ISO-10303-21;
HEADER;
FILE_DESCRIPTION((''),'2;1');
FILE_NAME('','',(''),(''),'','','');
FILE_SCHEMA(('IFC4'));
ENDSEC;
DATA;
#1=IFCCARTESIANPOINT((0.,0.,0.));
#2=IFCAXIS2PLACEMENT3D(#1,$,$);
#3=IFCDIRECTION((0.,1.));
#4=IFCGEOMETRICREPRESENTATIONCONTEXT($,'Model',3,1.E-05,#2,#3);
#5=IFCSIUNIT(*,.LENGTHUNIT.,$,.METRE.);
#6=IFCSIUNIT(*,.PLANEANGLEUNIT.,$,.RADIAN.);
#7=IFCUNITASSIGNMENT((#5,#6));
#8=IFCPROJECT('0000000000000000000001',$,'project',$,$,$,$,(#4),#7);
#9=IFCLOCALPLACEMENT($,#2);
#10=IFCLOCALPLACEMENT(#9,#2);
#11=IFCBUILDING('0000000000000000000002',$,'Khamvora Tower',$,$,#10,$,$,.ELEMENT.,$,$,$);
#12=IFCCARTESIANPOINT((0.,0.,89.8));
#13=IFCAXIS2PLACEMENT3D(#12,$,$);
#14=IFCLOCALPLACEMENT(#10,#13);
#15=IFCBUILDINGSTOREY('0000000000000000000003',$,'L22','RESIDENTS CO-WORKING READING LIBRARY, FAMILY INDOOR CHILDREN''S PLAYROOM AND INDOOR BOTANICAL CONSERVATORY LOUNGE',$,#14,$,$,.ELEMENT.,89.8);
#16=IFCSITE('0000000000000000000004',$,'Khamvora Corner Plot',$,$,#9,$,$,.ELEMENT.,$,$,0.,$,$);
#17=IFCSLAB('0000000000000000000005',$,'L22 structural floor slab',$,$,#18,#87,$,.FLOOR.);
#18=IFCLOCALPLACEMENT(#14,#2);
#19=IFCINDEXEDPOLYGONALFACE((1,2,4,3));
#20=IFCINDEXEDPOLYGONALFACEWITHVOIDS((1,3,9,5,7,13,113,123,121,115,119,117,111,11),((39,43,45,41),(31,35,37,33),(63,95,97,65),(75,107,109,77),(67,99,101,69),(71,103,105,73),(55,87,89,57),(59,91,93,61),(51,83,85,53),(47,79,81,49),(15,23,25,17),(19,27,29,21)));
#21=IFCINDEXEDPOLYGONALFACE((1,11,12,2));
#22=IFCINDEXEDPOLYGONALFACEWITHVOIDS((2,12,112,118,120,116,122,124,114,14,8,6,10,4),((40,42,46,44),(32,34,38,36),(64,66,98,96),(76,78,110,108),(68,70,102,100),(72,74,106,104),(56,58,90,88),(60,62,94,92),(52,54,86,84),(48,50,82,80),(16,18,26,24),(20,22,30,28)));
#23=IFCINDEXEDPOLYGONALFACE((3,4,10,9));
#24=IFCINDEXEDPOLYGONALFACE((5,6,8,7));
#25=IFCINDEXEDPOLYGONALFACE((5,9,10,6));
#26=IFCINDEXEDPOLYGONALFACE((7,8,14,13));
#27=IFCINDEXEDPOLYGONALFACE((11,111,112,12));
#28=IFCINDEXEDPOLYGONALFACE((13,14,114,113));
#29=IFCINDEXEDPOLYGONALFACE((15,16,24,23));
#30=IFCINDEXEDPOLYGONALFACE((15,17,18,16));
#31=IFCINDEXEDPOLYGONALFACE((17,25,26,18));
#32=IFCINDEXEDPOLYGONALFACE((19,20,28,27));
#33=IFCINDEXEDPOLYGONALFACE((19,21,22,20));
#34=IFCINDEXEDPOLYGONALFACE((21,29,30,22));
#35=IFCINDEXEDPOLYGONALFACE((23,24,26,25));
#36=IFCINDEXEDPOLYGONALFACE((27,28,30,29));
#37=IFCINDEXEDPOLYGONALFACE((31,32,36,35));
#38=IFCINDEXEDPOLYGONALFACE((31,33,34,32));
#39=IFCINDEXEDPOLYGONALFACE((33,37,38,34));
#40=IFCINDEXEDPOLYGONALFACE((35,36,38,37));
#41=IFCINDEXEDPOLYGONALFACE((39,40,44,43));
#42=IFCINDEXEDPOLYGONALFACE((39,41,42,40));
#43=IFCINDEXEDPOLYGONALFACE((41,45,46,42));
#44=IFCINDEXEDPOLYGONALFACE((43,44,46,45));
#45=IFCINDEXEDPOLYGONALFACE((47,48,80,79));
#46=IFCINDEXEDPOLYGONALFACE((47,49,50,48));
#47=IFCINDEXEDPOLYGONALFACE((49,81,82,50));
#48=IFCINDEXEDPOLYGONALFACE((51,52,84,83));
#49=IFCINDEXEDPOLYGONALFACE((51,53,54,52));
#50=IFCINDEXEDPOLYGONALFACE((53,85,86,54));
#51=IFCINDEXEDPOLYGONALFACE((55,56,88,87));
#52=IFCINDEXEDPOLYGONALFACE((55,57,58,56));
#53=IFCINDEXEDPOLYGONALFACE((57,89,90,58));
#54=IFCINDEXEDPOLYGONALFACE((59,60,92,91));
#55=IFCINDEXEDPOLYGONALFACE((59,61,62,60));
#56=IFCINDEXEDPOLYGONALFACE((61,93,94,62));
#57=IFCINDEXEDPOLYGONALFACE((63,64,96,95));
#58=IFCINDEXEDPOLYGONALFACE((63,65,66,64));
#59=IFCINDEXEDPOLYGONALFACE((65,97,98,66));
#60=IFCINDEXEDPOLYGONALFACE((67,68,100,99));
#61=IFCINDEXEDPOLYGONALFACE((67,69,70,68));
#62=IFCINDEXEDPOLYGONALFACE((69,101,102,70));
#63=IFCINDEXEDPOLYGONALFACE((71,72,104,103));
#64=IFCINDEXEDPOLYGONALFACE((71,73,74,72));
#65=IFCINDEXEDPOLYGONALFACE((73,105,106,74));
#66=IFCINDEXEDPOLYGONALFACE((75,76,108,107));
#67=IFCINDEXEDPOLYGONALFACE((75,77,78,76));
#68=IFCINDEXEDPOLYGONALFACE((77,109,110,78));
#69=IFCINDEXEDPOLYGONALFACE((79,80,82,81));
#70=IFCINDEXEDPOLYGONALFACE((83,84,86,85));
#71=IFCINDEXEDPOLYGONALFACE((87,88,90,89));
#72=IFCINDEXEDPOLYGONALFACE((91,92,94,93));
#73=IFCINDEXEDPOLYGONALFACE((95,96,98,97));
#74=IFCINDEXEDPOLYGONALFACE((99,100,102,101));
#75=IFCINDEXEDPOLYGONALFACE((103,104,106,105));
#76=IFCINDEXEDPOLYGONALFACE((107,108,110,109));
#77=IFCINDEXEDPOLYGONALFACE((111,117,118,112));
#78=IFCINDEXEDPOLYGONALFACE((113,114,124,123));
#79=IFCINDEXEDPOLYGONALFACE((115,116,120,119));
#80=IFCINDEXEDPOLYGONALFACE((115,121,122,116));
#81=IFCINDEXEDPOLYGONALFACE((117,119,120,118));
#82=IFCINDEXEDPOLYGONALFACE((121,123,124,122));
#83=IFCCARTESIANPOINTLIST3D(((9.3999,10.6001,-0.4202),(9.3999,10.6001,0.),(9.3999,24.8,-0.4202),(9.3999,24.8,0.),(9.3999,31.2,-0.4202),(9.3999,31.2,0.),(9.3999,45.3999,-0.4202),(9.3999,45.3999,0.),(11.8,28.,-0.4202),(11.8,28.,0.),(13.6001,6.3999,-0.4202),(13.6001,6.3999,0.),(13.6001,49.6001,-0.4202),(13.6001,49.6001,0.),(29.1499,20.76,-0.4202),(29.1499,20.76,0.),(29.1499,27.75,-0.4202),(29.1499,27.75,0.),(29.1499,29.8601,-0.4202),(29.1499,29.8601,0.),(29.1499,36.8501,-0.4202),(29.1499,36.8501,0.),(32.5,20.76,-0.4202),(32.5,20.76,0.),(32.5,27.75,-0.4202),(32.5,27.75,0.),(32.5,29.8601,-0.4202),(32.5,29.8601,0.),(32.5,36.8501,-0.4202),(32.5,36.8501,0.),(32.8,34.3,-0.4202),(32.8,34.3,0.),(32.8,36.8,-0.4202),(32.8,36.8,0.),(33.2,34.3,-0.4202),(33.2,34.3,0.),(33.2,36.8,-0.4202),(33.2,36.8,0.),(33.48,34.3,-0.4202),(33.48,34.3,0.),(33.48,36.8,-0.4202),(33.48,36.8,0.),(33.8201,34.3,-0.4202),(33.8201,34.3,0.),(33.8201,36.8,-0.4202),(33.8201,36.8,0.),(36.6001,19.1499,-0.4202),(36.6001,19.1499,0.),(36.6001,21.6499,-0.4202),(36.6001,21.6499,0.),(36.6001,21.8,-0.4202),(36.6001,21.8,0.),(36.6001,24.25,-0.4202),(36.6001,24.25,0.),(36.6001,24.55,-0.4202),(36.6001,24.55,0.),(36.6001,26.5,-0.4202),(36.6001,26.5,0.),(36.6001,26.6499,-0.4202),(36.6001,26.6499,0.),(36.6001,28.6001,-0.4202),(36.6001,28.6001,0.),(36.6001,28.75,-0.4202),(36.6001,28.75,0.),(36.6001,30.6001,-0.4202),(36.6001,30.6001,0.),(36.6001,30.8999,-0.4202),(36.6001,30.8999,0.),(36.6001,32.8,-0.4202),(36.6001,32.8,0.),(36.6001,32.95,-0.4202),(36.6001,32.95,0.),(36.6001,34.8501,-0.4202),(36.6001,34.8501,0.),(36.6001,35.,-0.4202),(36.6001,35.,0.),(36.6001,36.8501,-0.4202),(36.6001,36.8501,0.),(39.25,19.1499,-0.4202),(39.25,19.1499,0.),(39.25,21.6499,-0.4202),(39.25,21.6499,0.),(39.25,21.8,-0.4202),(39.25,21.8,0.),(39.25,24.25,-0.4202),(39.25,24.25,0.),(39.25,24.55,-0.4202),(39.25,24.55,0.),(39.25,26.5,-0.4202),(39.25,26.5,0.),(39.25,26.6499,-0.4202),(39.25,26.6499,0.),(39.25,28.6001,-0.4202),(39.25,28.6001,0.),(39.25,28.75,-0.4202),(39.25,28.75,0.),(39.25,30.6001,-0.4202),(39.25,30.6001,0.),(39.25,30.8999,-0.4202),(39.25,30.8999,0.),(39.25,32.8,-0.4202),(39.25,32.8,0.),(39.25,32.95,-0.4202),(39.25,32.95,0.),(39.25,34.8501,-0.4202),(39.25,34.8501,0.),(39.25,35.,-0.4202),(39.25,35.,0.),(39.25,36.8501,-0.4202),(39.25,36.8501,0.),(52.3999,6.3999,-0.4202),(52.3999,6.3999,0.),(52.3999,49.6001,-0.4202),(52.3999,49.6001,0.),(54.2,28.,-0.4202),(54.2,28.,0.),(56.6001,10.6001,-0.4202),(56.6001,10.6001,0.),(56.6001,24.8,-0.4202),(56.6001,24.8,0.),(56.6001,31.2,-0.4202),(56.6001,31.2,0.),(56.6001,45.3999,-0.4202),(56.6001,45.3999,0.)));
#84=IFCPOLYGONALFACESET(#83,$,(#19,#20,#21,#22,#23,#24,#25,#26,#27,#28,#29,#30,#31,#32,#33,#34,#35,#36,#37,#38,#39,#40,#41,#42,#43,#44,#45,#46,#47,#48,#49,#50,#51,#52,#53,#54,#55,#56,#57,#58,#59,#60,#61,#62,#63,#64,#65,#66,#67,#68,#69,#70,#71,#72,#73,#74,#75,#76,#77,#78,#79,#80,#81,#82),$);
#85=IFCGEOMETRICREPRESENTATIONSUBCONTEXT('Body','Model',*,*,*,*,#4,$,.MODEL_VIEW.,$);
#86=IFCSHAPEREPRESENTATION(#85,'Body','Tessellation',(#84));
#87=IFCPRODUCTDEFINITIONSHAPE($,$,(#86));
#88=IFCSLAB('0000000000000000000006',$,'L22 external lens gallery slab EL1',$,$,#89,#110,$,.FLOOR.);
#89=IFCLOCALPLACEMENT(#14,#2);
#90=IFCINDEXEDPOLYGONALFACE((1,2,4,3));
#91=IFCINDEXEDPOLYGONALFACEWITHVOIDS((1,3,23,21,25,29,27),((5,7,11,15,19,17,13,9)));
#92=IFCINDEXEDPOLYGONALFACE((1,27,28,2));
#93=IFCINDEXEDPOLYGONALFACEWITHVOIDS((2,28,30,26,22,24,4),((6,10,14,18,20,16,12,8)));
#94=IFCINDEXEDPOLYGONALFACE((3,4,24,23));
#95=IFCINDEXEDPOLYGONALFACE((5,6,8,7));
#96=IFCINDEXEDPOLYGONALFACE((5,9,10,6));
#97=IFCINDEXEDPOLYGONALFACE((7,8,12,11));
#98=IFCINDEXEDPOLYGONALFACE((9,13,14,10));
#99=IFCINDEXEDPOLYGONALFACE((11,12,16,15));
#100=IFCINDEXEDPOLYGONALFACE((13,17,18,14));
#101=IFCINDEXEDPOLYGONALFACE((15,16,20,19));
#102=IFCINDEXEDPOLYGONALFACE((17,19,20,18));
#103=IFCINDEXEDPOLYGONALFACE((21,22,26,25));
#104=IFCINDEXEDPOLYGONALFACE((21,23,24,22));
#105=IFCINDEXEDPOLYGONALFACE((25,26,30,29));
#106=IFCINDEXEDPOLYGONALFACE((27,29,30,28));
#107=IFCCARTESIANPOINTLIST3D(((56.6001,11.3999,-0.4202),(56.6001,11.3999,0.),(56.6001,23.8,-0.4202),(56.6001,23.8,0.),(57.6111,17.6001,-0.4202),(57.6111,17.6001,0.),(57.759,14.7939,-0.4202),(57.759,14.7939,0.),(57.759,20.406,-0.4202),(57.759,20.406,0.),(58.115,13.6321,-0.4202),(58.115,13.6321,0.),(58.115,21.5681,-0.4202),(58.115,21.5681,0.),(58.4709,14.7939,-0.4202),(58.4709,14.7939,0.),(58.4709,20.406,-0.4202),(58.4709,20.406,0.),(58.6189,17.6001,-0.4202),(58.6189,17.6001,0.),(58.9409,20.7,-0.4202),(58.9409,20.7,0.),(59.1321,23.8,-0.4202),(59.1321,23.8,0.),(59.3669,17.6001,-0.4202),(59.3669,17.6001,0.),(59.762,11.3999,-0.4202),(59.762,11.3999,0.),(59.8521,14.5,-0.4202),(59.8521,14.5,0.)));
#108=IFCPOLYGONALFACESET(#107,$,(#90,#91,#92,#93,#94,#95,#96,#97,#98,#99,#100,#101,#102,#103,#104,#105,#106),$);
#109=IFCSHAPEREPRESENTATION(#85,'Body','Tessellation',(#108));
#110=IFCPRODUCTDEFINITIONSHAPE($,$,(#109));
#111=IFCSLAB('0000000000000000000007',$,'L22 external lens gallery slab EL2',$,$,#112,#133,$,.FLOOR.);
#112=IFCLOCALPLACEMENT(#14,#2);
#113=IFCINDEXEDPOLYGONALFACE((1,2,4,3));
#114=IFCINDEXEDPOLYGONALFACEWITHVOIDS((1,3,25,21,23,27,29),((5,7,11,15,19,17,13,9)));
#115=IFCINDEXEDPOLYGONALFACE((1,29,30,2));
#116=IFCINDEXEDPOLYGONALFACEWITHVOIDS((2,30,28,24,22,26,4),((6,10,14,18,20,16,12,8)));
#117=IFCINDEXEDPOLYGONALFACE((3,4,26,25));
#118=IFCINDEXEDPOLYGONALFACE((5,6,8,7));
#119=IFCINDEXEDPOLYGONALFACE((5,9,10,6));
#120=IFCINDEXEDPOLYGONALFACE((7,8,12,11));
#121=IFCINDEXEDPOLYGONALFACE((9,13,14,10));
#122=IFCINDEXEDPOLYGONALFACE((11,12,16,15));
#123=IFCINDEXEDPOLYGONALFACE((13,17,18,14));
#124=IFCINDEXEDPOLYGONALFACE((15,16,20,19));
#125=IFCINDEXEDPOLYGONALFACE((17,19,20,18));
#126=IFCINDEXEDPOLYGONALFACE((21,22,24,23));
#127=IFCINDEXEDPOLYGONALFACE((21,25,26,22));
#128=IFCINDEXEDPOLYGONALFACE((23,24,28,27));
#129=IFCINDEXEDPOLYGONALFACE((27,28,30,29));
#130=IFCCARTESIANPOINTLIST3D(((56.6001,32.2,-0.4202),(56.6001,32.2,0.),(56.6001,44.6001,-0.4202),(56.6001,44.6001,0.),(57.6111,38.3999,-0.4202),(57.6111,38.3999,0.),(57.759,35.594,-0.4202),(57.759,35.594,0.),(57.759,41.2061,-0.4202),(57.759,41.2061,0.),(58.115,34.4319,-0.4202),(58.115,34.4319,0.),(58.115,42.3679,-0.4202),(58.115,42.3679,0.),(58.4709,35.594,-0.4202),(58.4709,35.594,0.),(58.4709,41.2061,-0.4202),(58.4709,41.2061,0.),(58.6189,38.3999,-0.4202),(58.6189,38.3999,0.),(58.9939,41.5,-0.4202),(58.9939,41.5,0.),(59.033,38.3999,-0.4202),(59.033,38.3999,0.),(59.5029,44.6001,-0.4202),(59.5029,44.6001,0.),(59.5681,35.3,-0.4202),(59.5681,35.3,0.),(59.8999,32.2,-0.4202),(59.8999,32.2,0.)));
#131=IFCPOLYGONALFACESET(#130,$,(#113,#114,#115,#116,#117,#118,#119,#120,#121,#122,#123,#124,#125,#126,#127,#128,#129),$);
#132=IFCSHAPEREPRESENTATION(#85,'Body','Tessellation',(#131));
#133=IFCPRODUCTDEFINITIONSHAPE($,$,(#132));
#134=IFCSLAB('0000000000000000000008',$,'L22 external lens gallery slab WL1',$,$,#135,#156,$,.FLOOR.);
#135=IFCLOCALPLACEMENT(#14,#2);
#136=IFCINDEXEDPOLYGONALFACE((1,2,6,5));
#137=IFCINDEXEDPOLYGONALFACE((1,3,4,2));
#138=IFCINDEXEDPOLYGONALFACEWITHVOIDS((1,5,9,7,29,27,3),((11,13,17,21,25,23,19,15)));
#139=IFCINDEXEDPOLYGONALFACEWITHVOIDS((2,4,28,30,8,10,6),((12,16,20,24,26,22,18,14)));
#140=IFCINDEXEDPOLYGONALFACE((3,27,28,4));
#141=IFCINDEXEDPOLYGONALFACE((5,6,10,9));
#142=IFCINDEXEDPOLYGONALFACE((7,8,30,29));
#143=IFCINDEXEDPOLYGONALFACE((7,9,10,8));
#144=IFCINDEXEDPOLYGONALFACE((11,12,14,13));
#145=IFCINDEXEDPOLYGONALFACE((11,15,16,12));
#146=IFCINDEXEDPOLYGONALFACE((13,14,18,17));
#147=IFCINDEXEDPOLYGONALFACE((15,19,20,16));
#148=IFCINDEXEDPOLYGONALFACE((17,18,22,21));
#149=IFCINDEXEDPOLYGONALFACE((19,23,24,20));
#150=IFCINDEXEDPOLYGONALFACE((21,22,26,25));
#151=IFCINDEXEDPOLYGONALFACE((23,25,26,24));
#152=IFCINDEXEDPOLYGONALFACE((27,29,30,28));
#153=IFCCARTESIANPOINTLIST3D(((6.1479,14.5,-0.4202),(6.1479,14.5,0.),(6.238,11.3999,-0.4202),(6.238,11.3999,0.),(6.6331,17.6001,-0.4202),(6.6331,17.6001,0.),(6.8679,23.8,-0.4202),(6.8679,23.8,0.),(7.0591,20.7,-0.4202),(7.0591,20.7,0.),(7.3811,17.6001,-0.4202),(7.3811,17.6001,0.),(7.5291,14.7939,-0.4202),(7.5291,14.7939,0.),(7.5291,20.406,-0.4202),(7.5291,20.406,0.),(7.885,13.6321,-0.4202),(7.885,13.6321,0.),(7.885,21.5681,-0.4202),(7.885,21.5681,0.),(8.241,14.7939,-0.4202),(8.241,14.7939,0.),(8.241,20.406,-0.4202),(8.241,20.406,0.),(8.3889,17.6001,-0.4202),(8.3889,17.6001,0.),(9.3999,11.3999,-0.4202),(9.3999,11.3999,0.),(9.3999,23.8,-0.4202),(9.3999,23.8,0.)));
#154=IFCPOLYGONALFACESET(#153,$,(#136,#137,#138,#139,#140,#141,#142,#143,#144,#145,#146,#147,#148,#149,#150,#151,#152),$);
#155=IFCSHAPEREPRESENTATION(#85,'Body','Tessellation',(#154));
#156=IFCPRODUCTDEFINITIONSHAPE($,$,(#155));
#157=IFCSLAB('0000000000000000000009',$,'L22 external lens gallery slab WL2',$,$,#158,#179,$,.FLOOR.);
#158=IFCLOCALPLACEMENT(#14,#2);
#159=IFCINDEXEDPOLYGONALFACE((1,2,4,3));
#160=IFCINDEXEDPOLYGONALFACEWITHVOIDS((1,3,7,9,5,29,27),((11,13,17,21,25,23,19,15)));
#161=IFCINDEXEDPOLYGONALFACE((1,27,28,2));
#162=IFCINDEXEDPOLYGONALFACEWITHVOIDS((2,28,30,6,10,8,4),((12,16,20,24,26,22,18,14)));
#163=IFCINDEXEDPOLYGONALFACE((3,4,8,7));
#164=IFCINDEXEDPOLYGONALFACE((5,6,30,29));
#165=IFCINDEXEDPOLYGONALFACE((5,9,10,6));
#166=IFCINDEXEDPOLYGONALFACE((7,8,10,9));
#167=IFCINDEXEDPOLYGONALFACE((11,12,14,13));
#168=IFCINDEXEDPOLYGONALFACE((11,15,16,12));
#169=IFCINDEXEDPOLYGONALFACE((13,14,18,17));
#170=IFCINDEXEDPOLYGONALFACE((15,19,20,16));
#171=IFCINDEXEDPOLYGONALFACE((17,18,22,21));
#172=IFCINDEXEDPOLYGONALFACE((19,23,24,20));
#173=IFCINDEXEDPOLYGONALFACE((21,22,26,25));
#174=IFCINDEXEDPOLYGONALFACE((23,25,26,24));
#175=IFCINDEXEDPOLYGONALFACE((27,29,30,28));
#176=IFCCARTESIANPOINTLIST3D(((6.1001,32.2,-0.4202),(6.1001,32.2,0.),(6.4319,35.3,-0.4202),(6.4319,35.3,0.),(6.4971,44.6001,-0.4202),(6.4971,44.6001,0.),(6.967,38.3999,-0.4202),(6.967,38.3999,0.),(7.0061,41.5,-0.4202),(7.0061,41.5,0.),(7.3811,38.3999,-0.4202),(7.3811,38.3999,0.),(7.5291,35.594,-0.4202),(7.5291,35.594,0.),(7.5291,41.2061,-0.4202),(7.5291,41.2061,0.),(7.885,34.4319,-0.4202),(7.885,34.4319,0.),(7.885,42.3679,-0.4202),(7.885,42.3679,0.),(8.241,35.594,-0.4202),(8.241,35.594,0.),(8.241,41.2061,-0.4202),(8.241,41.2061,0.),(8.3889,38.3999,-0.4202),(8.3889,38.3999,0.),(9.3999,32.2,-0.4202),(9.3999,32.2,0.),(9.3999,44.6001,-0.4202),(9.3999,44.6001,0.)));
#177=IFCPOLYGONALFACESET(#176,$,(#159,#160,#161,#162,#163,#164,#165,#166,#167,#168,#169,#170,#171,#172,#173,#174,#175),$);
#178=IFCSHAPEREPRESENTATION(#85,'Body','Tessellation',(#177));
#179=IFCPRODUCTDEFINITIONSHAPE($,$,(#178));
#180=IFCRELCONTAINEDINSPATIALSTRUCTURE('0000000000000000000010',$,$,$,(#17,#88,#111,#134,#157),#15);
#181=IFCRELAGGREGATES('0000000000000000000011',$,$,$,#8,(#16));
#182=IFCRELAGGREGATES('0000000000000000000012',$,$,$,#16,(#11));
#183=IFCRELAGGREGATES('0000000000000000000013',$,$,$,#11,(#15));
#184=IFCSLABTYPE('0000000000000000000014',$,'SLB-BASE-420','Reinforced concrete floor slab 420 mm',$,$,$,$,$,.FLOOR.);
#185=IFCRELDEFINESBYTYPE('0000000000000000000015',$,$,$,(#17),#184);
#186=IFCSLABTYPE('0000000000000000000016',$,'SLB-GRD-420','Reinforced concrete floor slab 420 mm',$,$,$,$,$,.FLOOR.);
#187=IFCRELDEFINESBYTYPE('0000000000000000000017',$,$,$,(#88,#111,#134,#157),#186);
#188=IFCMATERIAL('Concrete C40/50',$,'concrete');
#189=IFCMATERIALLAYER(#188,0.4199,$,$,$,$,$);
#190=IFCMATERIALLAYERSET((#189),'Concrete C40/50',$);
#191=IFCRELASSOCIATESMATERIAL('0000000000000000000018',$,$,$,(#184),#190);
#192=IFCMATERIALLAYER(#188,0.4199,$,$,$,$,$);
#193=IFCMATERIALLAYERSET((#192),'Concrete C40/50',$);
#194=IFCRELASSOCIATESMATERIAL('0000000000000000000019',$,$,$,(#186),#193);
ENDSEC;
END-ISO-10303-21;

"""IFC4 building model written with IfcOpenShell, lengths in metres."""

from ifc_helpers import new_model, si_unit, direction, frame, origin, place, context, subcontext, project, spatial, polyline, outline, extrude, material, layer, layer_set, type_object, element, save


model = new_model("IFC4")

# Units and contexts
model_context = context("Model", 3, precision=1e-05, world=origin(), true_north=direction((0.0, 1.0)))
body_context = subcontext(model_context, "Body", "Model", "MODEL_VIEW")
ifc_project = project(units=[si_unit("LENGTHUNIT", "METRE"), si_unit("PLANEANGLEUNIT", "RADIAN")], contexts=[model_context])

# Site, building, storey
site_placement = place(None, origin())
site = spatial("IfcSite", under=ifc_project, at=site_placement, Name="Khamvora Corner Plot", CompositionType="ELEMENT", RefElevation=0.0)
building_placement = place(site_placement, origin())
building = spatial("IfcBuilding", under=site, at=building_placement, Name="Khamvora Tower", CompositionType="ELEMENT")
storey_placement = place(building_placement, frame((0.0, 0.0, 89.8)))
storey = spatial("IfcBuildingStorey", under=building, at=storey_placement, Name="L22", Description="RESIDENTS CO-WORKING READING LIBRARY, FAMILY INDOOR CHILDREN'S PLAYROOM AND INDOOR BOTANICAL CONSERVATORY LOUNGE", CompositionType="ELEMENT", Elevation=89.8)

# Slabs
ifc_material_1 = material(Name="Concrete C40/50", Category="concrete")
ifc_layer_1 = layer(ifc_material_1, 0.4199)
ifc_layer_set_1 = layer_set([ifc_layer_1], Name="Concrete C40/50")
slab_type_1 = type_object("IfcSlabType", Name="SLB-BASE-420", Description="Reinforced concrete floor slab 420 mm", PredefinedType="FLOOR", material=ifc_layer_set_1)
slab_1_placement = place(storey_placement, frame((0.0, 0.0, -0.4202)))
element("IfcSlab", 1, at=slab_1_placement, inside=storey, type_object=slab_type_1, Name="L22 structural floor slab", PredefinedType="FLOOR", context=body_context, shape_type="SweptSolid", body=[
    extrude(outline(polyline([(13.6001, 6.3999), (52.3999, 6.3999), (56.6001, 10.6001), (56.6001, 24.8), (54.2, 28.0), (56.6001, 31.2), (56.6001, 45.3999), (52.3999, 49.6001), (13.6001, 49.6001), (9.3999, 45.3999), (9.3999, 31.2), (11.8, 28.0), (9.3999, 24.8), (9.3999, 10.6001), (13.6001, 6.3999)]), holes=[polyline([(32.5, 20.76), (32.5, 27.75), (29.1499, 27.75), (29.1499, 20.76), (32.5, 20.76)]), polyline([(32.5, 29.8601), (32.5, 36.8501), (29.1499, 36.8501), (29.1499, 29.8601), (32.5, 29.8601)]), polyline([(36.6001, 19.1499), (39.25, 19.1499), (39.25, 21.6499), (36.6001, 21.6499), (36.6001, 19.1499)]), polyline([(36.6001, 21.8), (39.25, 21.8), (39.25, 24.25), (36.6001, 24.25), (36.6001, 21.8)]), polyline([(36.6001, 24.55), (39.25, 24.55), (39.25, 26.5), (36.6001, 26.5), (36.6001, 24.55)]), polyline([(36.6001, 26.6499), (39.25, 26.6499), (39.25, 28.6001), (36.6001, 28.6001), (36.6001, 26.6499)]), polyline([(36.6001, 28.75), (39.25, 28.75), (39.25, 30.6001), (36.6001, 30.6001), (36.6001, 28.75)]), polyline([(36.6001, 30.8999), (39.25, 30.8999), (39.25, 32.8), (36.6001, 32.8), (36.6001, 30.8999)]), polyline([(36.6001, 32.95), (39.25, 32.95), (39.25, 34.8501), (36.6001, 34.8501), (36.6001, 32.95)]), polyline([(36.6001, 35.0), (39.25, 35.0), (39.25, 36.8501), (36.6001, 36.8501), (36.6001, 35.0)]), polyline([(32.8, 34.3), (33.2, 34.3), (33.2, 36.8), (32.8, 36.8), (32.8, 34.3)]), polyline([(33.48, 34.3), (33.8201, 34.3), (33.8201, 36.8), (33.48, 36.8), (33.48, 34.3)])]), origin(), (0.0, 0.0, 1.0), 0.4202),
])
ifc_layer_2 = layer(ifc_material_1, 0.4199)
ifc_layer_set_2 = layer_set([ifc_layer_2], Name="Concrete C40/50")
slab_type_2 = type_object("IfcSlabType", Name="SLB-GRD-420", Description="Reinforced concrete floor slab 420 mm", PredefinedType="FLOOR", material=ifc_layer_set_2)
slab_2_placement = place(storey_placement, frame((0.0, 0.0, -0.4202)))
element("IfcSlab", 2, at=slab_2_placement, inside=storey, type_object=slab_type_2, Name="L22 external lens gallery slab EL1", PredefinedType="FLOOR", context=body_context, shape_type="SweptSolid", body=[
    extrude(outline(polyline([(59.762, 11.3999), (59.8521, 14.5), (59.3669, 17.6001), (58.9409, 20.7), (59.1321, 23.8), (56.6001, 23.8), (56.6001, 11.3999), (59.762, 11.3999)]), holes=[polyline([(58.6189, 17.6001), (58.4709, 20.406), (58.115, 21.5681), (57.759, 20.406), (57.6111, 17.6001), (57.759, 14.7939), (58.115, 13.6321), (58.4709, 14.7939), (58.6189, 17.6001)])]), origin(), (0.0, 0.0, 1.0), 0.4202),
])
slab_3_placement = place(storey_placement, frame((0.0, 0.0, -0.4202)))
element("IfcSlab", 3, at=slab_3_placement, inside=storey, type_object=slab_type_2, Name="L22 external lens gallery slab EL2", PredefinedType="FLOOR", context=body_context, shape_type="SweptSolid", body=[
    extrude(outline(polyline([(59.8999, 32.2), (59.5681, 35.3), (59.033, 38.3999), (58.9939, 41.5), (59.5029, 44.6001), (56.6001, 44.6001), (56.6001, 32.2), (59.8999, 32.2)]), holes=[polyline([(58.6189, 38.3999), (58.4709, 41.2061), (58.115, 42.3679), (57.759, 41.2061), (57.6111, 38.3999), (57.759, 35.594), (58.115, 34.4319), (58.4709, 35.594), (58.6189, 38.3999)])]), origin(), (0.0, 0.0, 1.0), 0.4202),
])
slab_4_placement = place(storey_placement, frame((0.0, 0.0, -0.4202)))
element("IfcSlab", 4, at=slab_4_placement, inside=storey, type_object=slab_type_2, Name="L22 external lens gallery slab WL1", PredefinedType="FLOOR", context=body_context, shape_type="SweptSolid", body=[
    extrude(outline(polyline([(9.3999, 11.3999), (9.3999, 23.8), (6.8679, 23.8), (7.0591, 20.7), (6.6331, 17.6001), (6.1479, 14.5), (6.238, 11.3999), (9.3999, 11.3999)]), holes=[polyline([(8.3889, 17.6001), (8.241, 20.406), (7.885, 21.5681), (7.5291, 20.406), (7.3811, 17.6001), (7.5291, 14.7939), (7.885, 13.6321), (8.241, 14.7939), (8.3889, 17.6001)])]), origin(), (0.0, 0.0, 1.0), 0.4202),
])
slab_5_placement = place(storey_placement, frame((0.0, 0.0, -0.4202)))
element("IfcSlab", 5, at=slab_5_placement, inside=storey, type_object=slab_type_2, Name="L22 external lens gallery slab WL2", PredefinedType="FLOOR", context=body_context, shape_type="SweptSolid", body=[
    extrude(outline(polyline([(9.3999, 32.2), (9.3999, 44.6001), (6.4971, 44.6001), (7.0061, 41.5), (6.967, 38.3999), (6.4319, 35.3), (6.1001, 32.2), (9.3999, 32.2)]), holes=[polyline([(8.3889, 38.3999), (8.241, 41.2061), (7.885, 42.3679), (7.5291, 41.2061), (7.3811, 38.3999), (7.5291, 35.594), (7.885, 34.4319), (8.241, 35.594), (8.3889, 38.3999)])]), origin(), (0.0, 0.0, 1.0), 0.4202),
])

save(model, "model.ifc")
